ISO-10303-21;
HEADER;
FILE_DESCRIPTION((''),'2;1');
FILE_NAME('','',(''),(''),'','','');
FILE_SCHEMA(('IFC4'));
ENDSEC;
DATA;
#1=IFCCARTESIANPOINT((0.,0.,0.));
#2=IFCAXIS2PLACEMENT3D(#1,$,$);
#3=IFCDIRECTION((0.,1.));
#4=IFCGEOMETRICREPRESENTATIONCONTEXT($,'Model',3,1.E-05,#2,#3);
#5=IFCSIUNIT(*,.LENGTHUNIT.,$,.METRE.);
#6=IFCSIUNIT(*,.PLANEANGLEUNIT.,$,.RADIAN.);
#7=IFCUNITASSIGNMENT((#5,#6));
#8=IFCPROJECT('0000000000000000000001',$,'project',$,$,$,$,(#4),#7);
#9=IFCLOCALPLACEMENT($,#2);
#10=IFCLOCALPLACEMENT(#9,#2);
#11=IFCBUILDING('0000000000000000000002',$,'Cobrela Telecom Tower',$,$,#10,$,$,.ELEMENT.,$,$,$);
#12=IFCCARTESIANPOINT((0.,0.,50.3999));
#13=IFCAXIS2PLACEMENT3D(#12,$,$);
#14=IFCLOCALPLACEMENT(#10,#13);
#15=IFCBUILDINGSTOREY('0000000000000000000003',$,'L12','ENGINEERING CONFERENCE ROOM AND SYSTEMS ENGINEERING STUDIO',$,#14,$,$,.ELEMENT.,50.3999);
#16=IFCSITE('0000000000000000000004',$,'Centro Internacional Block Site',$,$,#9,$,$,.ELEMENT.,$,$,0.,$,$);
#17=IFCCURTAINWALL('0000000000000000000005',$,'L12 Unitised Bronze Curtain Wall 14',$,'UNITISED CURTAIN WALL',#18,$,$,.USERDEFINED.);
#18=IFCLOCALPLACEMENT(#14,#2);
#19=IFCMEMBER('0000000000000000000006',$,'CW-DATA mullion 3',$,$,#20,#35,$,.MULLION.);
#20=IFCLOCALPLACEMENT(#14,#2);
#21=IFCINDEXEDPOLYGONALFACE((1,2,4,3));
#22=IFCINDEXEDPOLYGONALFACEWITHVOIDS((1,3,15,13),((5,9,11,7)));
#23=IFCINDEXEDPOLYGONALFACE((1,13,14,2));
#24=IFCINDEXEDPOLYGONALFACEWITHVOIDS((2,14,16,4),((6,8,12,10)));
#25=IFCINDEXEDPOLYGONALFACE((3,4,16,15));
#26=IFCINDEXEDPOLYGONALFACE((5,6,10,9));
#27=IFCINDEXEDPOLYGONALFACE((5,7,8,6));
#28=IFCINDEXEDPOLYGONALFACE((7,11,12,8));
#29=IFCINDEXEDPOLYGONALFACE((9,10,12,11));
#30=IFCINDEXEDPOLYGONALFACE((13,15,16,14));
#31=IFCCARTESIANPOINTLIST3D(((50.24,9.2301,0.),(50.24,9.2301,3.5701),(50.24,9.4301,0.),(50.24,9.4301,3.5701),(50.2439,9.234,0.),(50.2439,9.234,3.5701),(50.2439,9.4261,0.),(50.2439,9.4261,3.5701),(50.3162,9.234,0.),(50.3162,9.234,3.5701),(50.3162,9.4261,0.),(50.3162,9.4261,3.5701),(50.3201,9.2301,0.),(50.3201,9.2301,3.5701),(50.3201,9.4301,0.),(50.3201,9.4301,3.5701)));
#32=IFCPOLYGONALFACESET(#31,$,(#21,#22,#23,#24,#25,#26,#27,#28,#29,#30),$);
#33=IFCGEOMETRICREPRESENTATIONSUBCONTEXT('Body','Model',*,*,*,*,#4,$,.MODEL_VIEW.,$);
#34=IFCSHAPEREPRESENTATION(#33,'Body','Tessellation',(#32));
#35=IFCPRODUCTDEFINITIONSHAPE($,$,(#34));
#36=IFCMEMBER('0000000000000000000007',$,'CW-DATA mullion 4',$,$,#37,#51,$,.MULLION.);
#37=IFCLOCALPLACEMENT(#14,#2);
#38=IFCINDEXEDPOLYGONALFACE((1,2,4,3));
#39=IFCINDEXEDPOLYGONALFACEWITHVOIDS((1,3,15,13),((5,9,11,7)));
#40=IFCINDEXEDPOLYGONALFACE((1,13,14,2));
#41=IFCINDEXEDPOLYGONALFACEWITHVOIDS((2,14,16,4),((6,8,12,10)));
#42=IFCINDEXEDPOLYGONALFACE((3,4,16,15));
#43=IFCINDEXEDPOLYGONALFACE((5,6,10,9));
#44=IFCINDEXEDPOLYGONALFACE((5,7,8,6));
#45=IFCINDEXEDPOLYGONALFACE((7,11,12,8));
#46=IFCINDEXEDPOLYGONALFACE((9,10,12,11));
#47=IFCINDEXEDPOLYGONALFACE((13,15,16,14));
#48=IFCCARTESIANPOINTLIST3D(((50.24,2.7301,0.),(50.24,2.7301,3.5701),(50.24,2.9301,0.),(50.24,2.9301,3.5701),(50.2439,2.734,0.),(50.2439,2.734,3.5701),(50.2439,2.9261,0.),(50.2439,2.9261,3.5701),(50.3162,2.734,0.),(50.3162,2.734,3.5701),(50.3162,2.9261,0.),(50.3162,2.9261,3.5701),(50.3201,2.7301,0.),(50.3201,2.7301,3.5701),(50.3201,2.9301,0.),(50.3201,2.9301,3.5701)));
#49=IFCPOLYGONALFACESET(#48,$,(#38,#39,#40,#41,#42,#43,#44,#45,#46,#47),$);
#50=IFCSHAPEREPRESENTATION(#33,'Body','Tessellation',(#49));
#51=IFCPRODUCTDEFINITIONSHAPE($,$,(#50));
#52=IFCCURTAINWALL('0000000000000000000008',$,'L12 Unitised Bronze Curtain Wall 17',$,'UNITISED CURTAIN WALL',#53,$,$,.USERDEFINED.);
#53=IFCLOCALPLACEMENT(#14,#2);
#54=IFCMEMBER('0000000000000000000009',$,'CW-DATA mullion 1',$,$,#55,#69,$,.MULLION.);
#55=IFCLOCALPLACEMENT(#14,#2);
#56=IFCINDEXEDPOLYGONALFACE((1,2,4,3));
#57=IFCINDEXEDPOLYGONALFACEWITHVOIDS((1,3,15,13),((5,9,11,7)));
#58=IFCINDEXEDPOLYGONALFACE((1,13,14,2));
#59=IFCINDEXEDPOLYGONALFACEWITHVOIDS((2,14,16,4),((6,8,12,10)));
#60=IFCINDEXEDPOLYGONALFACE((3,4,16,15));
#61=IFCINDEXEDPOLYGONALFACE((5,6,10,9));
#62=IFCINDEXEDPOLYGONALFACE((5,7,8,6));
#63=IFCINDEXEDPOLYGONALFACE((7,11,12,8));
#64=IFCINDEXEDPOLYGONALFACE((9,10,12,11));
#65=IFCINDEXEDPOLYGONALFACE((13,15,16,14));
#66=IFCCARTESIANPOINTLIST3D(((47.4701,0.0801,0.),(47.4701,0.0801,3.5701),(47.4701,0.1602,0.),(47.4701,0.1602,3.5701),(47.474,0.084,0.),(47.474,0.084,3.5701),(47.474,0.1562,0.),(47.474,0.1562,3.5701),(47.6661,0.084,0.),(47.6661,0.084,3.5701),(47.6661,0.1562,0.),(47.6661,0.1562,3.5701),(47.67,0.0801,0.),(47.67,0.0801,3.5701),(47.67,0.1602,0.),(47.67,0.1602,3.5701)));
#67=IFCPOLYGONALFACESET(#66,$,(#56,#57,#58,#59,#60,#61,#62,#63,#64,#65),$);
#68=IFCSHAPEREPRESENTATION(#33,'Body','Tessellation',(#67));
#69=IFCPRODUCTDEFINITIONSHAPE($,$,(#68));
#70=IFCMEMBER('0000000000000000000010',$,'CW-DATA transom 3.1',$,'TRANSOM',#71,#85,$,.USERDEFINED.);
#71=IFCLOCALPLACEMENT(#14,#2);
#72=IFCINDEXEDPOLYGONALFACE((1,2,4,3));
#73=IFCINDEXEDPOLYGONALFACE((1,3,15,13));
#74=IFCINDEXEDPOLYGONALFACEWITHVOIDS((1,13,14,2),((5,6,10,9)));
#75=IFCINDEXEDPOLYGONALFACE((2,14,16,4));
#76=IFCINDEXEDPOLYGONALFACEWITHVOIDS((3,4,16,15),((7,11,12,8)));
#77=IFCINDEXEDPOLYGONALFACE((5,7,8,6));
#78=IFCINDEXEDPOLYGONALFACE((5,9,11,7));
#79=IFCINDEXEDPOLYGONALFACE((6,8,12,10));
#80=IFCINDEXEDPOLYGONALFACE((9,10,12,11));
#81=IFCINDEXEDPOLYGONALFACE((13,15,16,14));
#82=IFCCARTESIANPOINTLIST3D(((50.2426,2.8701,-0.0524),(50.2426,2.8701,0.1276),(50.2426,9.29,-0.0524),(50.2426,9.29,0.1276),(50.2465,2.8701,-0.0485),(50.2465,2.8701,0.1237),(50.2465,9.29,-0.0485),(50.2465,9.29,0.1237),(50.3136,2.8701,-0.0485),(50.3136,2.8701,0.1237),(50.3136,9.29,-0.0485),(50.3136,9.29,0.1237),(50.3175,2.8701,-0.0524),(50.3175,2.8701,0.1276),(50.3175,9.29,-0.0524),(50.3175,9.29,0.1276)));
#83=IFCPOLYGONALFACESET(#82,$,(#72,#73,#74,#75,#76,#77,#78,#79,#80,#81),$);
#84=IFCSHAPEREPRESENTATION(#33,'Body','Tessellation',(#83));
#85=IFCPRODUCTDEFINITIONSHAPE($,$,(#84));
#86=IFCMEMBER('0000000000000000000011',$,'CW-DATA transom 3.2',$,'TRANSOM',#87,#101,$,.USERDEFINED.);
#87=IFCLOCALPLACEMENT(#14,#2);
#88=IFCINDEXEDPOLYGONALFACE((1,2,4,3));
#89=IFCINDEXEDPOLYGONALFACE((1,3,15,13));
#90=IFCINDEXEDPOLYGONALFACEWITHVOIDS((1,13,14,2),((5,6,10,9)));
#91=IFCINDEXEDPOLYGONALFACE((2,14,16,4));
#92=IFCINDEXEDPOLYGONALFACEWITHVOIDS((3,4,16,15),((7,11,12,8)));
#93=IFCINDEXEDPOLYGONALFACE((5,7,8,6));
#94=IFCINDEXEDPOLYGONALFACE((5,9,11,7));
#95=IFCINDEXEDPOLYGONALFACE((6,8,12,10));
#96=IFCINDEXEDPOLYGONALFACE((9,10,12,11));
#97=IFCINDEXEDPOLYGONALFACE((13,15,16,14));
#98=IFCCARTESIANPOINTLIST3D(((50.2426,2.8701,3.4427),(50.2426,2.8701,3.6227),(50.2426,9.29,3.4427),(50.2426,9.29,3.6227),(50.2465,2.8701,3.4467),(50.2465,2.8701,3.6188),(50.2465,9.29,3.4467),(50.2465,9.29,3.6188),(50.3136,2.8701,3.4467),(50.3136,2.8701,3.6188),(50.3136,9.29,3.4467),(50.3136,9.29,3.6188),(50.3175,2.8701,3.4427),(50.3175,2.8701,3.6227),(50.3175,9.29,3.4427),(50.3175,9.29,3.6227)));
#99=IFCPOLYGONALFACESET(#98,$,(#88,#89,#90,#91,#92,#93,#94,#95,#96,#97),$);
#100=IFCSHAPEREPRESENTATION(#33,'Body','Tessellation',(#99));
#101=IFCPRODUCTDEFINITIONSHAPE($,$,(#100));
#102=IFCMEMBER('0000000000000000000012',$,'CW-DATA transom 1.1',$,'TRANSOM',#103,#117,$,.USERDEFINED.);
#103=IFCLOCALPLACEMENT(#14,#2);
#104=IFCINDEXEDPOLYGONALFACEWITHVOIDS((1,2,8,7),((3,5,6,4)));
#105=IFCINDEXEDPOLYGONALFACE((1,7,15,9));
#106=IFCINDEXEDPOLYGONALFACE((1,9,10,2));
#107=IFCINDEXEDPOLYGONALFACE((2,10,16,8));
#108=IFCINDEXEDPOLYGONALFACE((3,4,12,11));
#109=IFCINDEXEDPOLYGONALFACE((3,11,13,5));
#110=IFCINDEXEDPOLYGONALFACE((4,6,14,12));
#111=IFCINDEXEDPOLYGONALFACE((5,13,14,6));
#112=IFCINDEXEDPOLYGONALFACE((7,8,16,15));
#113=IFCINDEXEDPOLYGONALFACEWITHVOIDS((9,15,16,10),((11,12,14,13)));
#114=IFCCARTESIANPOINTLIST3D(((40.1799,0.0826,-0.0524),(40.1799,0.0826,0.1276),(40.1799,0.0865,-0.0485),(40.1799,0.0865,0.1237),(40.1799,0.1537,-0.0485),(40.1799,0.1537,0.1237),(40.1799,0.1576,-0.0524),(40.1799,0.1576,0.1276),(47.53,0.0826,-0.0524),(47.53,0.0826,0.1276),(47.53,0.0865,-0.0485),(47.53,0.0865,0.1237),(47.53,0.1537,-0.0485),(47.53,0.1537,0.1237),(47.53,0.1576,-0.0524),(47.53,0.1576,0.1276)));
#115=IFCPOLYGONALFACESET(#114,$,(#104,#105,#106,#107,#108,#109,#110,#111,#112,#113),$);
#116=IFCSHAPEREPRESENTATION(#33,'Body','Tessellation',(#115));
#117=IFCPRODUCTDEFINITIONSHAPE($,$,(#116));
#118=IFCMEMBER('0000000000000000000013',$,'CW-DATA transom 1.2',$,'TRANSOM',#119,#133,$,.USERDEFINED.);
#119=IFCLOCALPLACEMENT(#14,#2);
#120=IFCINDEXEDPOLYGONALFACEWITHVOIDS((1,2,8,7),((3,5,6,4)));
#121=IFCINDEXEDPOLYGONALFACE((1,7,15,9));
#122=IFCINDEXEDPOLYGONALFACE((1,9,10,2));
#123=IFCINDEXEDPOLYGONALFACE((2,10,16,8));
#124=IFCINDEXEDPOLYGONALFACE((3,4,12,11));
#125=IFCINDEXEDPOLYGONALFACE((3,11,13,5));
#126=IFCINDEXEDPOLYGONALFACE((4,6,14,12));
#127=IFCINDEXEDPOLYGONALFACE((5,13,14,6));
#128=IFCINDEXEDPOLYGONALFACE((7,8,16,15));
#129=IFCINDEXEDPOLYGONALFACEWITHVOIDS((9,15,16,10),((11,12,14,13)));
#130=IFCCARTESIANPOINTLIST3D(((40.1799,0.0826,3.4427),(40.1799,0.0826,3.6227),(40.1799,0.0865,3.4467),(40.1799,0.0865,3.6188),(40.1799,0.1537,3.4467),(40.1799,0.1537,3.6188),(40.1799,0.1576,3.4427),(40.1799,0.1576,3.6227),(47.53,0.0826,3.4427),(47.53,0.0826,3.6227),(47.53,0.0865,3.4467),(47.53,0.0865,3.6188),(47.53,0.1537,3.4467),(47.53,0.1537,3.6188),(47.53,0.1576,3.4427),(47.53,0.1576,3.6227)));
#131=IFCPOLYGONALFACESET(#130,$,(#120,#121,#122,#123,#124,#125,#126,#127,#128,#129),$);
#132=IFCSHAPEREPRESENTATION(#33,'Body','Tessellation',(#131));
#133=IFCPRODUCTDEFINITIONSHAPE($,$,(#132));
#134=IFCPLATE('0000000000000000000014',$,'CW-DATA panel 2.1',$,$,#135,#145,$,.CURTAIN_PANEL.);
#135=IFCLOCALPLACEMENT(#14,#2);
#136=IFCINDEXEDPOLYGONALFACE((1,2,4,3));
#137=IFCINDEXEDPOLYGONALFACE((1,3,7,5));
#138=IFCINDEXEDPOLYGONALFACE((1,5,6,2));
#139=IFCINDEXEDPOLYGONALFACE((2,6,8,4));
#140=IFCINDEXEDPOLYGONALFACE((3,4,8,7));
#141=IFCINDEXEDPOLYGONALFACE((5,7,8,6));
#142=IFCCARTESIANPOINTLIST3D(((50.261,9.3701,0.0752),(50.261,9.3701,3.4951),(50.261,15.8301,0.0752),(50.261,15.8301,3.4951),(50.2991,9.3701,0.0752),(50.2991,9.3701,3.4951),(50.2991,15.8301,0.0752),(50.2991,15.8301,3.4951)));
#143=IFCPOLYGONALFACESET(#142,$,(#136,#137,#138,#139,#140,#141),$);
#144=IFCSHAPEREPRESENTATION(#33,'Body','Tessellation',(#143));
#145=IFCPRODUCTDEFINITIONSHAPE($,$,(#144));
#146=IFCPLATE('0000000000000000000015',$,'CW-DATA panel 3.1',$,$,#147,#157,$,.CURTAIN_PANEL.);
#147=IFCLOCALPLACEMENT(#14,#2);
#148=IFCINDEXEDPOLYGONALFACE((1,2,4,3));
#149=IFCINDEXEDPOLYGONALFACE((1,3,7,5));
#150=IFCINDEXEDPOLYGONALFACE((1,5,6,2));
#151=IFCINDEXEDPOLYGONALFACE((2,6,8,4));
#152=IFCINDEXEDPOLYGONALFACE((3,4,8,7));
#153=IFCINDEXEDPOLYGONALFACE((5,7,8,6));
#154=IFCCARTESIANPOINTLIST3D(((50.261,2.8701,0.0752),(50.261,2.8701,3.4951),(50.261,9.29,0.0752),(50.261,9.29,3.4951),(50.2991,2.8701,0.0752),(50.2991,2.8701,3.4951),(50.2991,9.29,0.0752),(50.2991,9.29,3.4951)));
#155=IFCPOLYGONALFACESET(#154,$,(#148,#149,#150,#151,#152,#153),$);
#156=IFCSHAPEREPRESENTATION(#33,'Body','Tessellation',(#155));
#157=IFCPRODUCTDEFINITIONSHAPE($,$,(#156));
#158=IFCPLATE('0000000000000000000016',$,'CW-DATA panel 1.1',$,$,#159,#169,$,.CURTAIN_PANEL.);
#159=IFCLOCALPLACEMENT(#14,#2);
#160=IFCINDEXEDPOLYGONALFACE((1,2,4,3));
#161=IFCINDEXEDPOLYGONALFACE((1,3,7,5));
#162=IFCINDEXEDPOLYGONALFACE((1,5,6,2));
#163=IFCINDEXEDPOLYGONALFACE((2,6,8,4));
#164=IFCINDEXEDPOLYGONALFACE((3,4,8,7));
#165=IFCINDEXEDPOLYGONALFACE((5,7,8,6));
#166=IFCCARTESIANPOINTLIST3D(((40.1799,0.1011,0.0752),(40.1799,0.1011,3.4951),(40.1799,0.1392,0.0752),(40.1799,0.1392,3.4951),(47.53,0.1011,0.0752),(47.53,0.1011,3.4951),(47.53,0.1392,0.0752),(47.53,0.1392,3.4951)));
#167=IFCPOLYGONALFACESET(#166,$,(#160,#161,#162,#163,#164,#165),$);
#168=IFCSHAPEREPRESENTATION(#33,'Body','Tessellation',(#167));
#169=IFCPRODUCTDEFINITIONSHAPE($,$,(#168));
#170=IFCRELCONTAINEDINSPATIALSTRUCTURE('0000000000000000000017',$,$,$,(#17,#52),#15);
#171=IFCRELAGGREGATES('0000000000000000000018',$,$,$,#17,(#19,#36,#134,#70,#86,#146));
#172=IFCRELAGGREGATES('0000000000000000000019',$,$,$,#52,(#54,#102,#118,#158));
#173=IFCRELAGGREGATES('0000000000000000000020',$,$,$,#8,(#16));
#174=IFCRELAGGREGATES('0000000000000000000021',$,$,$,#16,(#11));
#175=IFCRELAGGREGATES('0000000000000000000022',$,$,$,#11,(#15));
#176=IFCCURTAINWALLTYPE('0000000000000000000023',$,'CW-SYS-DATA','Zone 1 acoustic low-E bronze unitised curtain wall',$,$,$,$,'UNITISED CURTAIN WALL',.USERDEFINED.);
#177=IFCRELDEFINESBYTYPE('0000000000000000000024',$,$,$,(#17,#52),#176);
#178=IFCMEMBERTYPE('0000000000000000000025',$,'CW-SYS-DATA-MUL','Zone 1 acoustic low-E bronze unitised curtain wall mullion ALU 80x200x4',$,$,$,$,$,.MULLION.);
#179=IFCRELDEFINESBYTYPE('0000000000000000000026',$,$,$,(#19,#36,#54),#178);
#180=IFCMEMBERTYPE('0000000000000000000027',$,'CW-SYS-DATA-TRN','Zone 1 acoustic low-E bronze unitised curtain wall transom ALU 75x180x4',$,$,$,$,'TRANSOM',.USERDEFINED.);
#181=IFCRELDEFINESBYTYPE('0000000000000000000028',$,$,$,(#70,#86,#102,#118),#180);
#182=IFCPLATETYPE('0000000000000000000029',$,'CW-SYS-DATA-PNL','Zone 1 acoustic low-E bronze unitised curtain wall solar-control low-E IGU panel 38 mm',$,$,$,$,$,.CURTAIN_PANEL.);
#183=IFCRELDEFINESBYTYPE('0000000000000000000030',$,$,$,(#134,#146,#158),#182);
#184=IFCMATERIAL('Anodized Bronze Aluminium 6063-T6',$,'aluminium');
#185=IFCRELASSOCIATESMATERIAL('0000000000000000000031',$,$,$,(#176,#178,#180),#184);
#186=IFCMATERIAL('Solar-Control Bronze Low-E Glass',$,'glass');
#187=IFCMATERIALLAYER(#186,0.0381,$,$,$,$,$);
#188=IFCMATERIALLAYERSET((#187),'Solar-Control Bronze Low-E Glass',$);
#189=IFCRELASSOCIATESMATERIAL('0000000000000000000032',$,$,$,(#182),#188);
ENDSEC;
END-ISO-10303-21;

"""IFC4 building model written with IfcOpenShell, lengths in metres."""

from ifc_helpers import new_model, si_unit, direction, frame, origin, origin_2d, place, context, subcontext, project, spatial, rectangle, hollow_rectangle, extrude, material, layer, layer_set, material_profile, profile_set, type_object, element, aggregate, save


model = new_model("IFC4")

# Units and contexts
model_context = context("Model", 3, precision=1e-05, world=origin(), true_north=direction((0.0, 1.0)))
body_context = subcontext(model_context, "Body", "Model", "MODEL_VIEW")
ifc_project = project(units=[si_unit("LENGTHUNIT", "METRE"), si_unit("PLANEANGLEUNIT", "RADIAN")], contexts=[model_context])

# Site, building, storey
site_placement = place(None, origin())
site = spatial("IfcSite", under=ifc_project, at=site_placement, Name="Centro Internacional Block Site", CompositionType="ELEMENT", RefElevation=0.0)
building_placement = place(site_placement, origin())
building = spatial("IfcBuilding", under=site, at=building_placement, Name="Cobrela Telecom Tower", CompositionType="ELEMENT")
storey_placement = place(building_placement, frame((0.0, 0.0, 50.3999)))
storey = spatial("IfcBuildingStorey", under=building, at=storey_placement, Name="L12", Description="ENGINEERING CONFERENCE ROOM AND SYSTEMS ENGINEERING STUDIO", CompositionType="ELEMENT", Elevation=50.3999)

# Curtain wall, members
ifc_material_1 = material(Name="Anodized Bronze Aluminium 6063-T6", Category="aluminium")
curtain_wall_type = type_object("IfcCurtainWallType", Name="CW-SYS-DATA", Description="Zone 1 acoustic low-E bronze unitised curtain wall", ElementType="UNITISED CURTAIN WALL", PredefinedType="USERDEFINED", material=ifc_material_1)
curtain_wall_1_placement = place(storey_placement, origin())
curtain_wall_1 = element("IfcCurtainWall", 1, at=curtain_wall_1_placement, inside=storey, type_object=curtain_wall_type, Name="L12 Unitised Bronze Curtain Wall 14", ObjectType="UNITISED CURTAIN WALL", PredefinedType="USERDEFINED")
ifc_material_profile_1 = material_profile(ifc_material_1, hollow_rectangle(XDim=0.0801, YDim=0.2, WallThickness=0.0039, at=origin_2d()), Name="ALU 80x200x4")
ifc_profile_set_1 = profile_set([ifc_material_profile_1], Name="Anodized Bronze Aluminium 6063-T6")
member_type_1 = type_object("IfcMemberType", Name="CW-SYS-DATA-MUL", Description="Zone 1 acoustic low-E bronze unitised curtain wall mullion ALU 80x200x4", PredefinedType="MULLION", material=ifc_profile_set_1)
member_1_placement = place(storey_placement, frame((50.28, 9.3301, 0.0), z_axis=(0.0, 0.0, 1.0), x_axis=(1.0, 0.0, 0.0)))
member_1 = element("IfcMember", 2, at=member_1_placement, type_object=member_type_1, Name="CW-DATA mullion 3", PredefinedType="MULLION", context=body_context, shape_type="SweptSolid", body=[
    extrude(hollow_rectangle(XDim=0.0801, YDim=0.2, WallThickness=0.0039, at=origin_2d()), origin(), (0.0, 0.0, 1.0), 3.5701),
])
member_2_placement = place(storey_placement, frame((50.28, 2.8301, 0.0), z_axis=(0.0, 0.0, 1.0), x_axis=(1.0, 0.0, 0.0)))
member_2 = element("IfcMember", 3, at=member_2_placement, type_object=member_type_1, Name="CW-DATA mullion 4", PredefinedType="MULLION", context=body_context, shape_type="SweptSolid", body=[
    extrude(hollow_rectangle(XDim=0.0801, YDim=0.2, WallThickness=0.0039, at=origin_2d()), origin(), (0.0, 0.0, 1.0), 3.5701),
])

# Curtain wall, member
curtain_wall_2_placement = place(storey_placement, origin())
curtain_wall_2 = element("IfcCurtainWall", 4, at=curtain_wall_2_placement, inside=storey, type_object=curtain_wall_type, Name="L12 Unitised Bronze Curtain Wall 17", ObjectType="UNITISED CURTAIN WALL", PredefinedType="USERDEFINED")
member_3_placement = place(storey_placement, frame((47.5701, 0.1201, 0.0), z_axis=(0.0, 0.0, 1.0), x_axis=(0.0, -1.0, 0.0)))
member_3 = element("IfcMember", 5, at=member_3_placement, type_object=member_type_1, Name="CW-DATA mullion 1", PredefinedType="MULLION", context=body_context, shape_type="SweptSolid", body=[
    extrude(hollow_rectangle(XDim=0.0801, YDim=0.2, WallThickness=0.0039, at=origin_2d()), origin(), (0.0, 0.0, 1.0), 3.5701),
])

# Members
ifc_material_profile_2 = material_profile(ifc_material_1, hollow_rectangle(XDim=0.075, YDim=0.1799, WallThickness=0.0039, at=origin_2d()), Name="ALU 75x180x4")
ifc_profile_set_2 = profile_set([ifc_material_profile_2], Name="Anodized Bronze Aluminium 6063-T6")
member_type_2 = type_object("IfcMemberType", Name="CW-SYS-DATA-TRN", Description="Zone 1 acoustic low-E bronze unitised curtain wall transom ALU 75x180x4", ElementType="TRANSOM", PredefinedType="USERDEFINED", material=ifc_profile_set_2)
member_4_placement = place(storey_placement, frame((50.28, 9.29, 0.0376), z_axis=(0.0, -1.0, 0.0), x_axis=(1.0, 0.0, 0.0)))
member_4 = element("IfcMember", 6, at=member_4_placement, type_object=member_type_2, Name="CW-DATA transom 3.1", ObjectType="TRANSOM", PredefinedType="USERDEFINED", context=body_context, shape_type="SweptSolid", body=[
    extrude(hollow_rectangle(XDim=0.075, YDim=0.1799, WallThickness=0.0039, at=origin_2d()), origin(), (0.0, 0.0, 1.0), 6.4199),
])
member_5_placement = place(storey_placement, frame((50.28, 9.29, 3.5327), z_axis=(0.0, -1.0, 0.0), x_axis=(1.0, 0.0, 0.0)))
member_5 = element("IfcMember", 7, at=member_5_placement, type_object=member_type_2, Name="CW-DATA transom 3.2", ObjectType="TRANSOM", PredefinedType="USERDEFINED", context=body_context, shape_type="SweptSolid", body=[
    extrude(hollow_rectangle(XDim=0.075, YDim=0.1799, WallThickness=0.0039, at=origin_2d()), origin(), (0.0, 0.0, 1.0), 6.4199),
])
member_6_placement = place(storey_placement, frame((47.53, 0.1201, 0.0376), z_axis=(-1.0, 0.0, 0.0), x_axis=(0.0, -1.0, 0.0)))
member_6 = element("IfcMember", 8, at=member_6_placement, type_object=member_type_2, Name="CW-DATA transom 1.1", ObjectType="TRANSOM", PredefinedType="USERDEFINED", context=body_context, shape_type="SweptSolid", body=[
    extrude(hollow_rectangle(XDim=0.075, YDim=0.1799, WallThickness=0.0039, at=origin_2d()), origin(), (0.0, 0.0, 1.0), 7.3501),
])
member_7_placement = place(storey_placement, frame((47.53, 0.1201, 3.5327), z_axis=(-1.0, 0.0, 0.0), x_axis=(0.0, -1.0, 0.0)))
member_7 = element("IfcMember", 9, at=member_7_placement, type_object=member_type_2, Name="CW-DATA transom 1.2", ObjectType="TRANSOM", PredefinedType="USERDEFINED", context=body_context, shape_type="SweptSolid", body=[
    extrude(hollow_rectangle(XDim=0.075, YDim=0.1799, WallThickness=0.0039, at=origin_2d()), origin(), (0.0, 0.0, 1.0), 7.3501),
])

# Plates
ifc_material_2 = material(Name="Solar-Control Bronze Low-E Glass", Category="glass")
ifc_layer_1 = layer(ifc_material_2, 0.0381)
ifc_layer_set_1 = layer_set([ifc_layer_1], Name="Solar-Control Bronze Low-E Glass")
plate_type = type_object("IfcPlateType", Name="CW-SYS-DATA-PNL", Description="Zone 1 acoustic low-E bronze unitised curtain wall solar-control low-E IGU panel 38 mm", PredefinedType="CURTAIN_PANEL", material=ifc_layer_set_1)
plate_1_placement = place(storey_placement, frame((50.28, 12.6001, 0.0752), z_axis=(0.0, 0.0, 1.0), x_axis=(0.0, -1.0, 0.0)))
plate_1 = element("IfcPlate", 10, at=plate_1_placement, type_object=plate_type, Name="CW-DATA panel 2.1", PredefinedType="CURTAIN_PANEL", context=body_context, shape_type="SweptSolid", body=[
    extrude(rectangle(XDim=6.46, YDim=0.0381, at=origin_2d()), origin(), (0.0, 0.0, 1.0), 3.4199),
])
plate_2_placement = place(storey_placement, frame((50.28, 6.0801, 0.0752), z_axis=(0.0, 0.0, 1.0), x_axis=(0.0, -1.0, 0.0)))
plate_2 = element("IfcPlate", 11, at=plate_2_placement, type_object=plate_type, Name="CW-DATA panel 3.1", PredefinedType="CURTAIN_PANEL", context=body_context, shape_type="SweptSolid", body=[
    extrude(rectangle(XDim=6.4199, YDim=0.0381, at=origin_2d()), origin(), (0.0, 0.0, 1.0), 3.4199),
])
aggregate(curtain_wall_1, [member_1, member_2, plate_1, member_4, member_5, plate_2])
plate_3_placement = place(storey_placement, frame((43.855, 0.1201, 0.0752), z_axis=(0.0, 0.0, 1.0), x_axis=(-1.0, 0.0, 0.0)))
plate_3 = element("IfcPlate", 12, at=plate_3_placement, type_object=plate_type, Name="CW-DATA panel 1.1", PredefinedType="CURTAIN_PANEL", context=body_context, shape_type="SweptSolid", body=[
    extrude(rectangle(XDim=7.3501, YDim=0.0381, at=origin_2d()), origin(), (0.0, 0.0, 1.0), 3.4199),
])
aggregate(curtain_wall_2, [member_3, member_6, member_7, plate_3])

save(model, "model.ifc")
